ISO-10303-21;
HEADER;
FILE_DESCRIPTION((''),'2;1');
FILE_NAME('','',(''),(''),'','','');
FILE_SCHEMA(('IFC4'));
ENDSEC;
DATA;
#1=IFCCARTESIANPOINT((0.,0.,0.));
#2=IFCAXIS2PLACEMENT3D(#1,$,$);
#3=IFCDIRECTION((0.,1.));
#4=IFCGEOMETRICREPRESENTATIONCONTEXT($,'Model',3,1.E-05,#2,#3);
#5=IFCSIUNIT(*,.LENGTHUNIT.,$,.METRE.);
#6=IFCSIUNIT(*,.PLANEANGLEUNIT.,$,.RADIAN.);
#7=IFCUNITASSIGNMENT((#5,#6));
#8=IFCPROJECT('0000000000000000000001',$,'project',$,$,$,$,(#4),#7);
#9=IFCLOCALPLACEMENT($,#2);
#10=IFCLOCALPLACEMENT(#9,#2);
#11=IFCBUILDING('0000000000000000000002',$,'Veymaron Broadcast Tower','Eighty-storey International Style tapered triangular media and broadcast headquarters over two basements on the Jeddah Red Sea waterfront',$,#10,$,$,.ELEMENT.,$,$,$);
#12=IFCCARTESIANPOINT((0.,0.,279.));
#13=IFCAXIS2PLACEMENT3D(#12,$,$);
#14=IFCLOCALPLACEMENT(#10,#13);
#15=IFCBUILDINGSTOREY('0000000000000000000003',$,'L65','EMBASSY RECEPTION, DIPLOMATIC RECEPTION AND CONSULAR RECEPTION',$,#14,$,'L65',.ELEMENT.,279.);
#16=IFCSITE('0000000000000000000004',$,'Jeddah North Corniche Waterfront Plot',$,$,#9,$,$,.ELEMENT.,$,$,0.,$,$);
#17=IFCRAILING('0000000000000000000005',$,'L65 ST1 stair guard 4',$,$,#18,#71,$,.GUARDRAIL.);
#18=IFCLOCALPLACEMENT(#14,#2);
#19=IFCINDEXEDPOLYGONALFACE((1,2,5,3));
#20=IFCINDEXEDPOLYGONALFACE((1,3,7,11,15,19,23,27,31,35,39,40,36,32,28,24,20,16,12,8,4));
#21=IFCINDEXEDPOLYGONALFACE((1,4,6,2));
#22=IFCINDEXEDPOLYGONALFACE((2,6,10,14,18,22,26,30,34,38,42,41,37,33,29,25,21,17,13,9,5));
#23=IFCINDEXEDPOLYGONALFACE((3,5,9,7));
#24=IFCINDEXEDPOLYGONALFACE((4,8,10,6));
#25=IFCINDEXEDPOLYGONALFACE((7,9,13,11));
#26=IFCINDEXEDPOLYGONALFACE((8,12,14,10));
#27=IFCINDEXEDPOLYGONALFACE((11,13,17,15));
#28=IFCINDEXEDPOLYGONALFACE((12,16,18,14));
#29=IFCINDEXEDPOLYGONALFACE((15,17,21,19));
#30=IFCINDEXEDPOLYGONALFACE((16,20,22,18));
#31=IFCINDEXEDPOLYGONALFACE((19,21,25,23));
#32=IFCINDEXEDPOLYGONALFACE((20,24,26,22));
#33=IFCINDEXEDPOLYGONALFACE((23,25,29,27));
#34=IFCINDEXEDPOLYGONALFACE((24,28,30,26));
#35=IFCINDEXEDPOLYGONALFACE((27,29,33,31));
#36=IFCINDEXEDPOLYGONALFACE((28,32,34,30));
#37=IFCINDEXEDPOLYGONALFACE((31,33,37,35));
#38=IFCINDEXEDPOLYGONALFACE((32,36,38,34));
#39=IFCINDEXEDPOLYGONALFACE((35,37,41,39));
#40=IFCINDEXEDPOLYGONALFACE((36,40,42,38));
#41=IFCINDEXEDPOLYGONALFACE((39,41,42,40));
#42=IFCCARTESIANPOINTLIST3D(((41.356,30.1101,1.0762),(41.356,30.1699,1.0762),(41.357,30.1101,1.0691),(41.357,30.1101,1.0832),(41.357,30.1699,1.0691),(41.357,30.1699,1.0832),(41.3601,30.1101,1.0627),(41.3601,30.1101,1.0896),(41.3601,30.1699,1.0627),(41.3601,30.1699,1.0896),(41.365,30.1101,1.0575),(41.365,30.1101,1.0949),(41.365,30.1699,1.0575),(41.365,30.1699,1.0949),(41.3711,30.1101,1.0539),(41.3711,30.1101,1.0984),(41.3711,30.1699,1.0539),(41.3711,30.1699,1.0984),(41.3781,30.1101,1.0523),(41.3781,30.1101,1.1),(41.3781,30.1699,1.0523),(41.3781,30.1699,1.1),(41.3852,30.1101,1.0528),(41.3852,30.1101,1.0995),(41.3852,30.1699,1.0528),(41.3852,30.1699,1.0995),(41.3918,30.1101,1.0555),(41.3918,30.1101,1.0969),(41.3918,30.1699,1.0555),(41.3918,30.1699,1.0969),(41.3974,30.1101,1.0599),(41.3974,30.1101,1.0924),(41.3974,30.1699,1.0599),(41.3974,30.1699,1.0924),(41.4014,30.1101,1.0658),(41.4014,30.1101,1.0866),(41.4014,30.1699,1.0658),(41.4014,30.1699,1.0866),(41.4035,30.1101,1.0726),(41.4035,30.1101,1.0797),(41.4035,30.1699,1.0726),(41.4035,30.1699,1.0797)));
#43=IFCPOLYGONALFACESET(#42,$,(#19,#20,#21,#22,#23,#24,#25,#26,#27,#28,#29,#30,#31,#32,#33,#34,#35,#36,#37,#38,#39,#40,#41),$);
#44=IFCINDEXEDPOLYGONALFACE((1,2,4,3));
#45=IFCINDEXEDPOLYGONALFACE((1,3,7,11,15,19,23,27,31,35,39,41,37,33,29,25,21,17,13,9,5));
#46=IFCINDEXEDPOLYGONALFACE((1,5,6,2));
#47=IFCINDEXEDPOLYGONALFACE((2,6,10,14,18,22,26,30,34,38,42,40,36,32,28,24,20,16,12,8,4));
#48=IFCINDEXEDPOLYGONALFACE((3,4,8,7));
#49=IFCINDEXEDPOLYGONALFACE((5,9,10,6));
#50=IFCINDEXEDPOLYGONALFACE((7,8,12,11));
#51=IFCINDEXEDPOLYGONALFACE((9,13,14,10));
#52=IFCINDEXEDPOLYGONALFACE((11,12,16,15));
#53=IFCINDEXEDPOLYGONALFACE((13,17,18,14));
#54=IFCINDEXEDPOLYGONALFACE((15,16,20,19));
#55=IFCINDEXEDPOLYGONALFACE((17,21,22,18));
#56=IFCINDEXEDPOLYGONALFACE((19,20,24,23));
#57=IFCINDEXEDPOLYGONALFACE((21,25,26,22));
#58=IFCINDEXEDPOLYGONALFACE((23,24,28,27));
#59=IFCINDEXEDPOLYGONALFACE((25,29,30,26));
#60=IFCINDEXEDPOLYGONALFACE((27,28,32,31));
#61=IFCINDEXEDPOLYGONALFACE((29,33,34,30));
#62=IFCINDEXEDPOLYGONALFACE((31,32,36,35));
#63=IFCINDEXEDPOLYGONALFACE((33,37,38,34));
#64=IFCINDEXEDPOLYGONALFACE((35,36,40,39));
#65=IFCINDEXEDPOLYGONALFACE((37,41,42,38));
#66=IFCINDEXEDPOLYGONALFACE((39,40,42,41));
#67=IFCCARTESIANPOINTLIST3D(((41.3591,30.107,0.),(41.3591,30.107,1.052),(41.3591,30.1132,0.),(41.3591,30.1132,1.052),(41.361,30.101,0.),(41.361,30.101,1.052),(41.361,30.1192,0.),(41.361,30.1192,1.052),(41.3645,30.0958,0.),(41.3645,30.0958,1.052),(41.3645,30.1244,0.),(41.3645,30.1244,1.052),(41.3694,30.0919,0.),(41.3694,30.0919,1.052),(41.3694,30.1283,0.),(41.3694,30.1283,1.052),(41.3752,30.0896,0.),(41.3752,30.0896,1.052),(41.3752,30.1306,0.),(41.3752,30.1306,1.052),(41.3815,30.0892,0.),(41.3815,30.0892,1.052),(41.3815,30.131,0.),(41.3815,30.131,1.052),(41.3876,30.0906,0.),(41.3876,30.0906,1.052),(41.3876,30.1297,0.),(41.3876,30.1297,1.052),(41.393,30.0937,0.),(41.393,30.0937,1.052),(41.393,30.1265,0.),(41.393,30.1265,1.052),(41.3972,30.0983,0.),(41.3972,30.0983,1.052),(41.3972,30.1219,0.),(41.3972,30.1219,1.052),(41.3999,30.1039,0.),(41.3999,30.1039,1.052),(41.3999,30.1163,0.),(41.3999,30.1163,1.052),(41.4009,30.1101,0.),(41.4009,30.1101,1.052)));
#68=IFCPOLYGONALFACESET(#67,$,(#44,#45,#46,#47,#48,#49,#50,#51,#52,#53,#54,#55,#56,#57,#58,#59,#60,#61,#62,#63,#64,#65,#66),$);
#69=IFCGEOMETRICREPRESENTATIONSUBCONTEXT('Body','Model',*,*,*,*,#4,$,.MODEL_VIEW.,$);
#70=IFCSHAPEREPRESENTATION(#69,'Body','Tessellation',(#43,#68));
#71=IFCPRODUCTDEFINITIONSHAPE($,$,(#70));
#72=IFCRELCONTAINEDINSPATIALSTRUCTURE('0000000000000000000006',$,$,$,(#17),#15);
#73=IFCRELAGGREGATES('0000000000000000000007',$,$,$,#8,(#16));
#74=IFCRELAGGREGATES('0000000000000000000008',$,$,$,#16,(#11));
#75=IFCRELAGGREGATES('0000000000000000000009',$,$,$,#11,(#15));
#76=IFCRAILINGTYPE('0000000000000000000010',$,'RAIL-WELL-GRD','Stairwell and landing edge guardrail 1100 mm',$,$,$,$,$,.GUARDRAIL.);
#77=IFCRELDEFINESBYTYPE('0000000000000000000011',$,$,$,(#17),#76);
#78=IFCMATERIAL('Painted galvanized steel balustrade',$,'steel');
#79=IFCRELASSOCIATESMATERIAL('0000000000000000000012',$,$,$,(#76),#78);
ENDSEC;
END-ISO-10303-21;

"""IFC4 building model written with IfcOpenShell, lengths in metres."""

from ifc_helpers import new_model, si_unit, direction, frame, origin, origin_2d, place, context, subcontext, project, spatial, circle, extrude, material, type_object, element, save


model = new_model("IFC4")

# Units and contexts
model_context = context("Model", 3, precision=1e-05, world=origin(), true_north=direction((0.0, 1.0)))
body_context = subcontext(model_context, "Body", "Model", "MODEL_VIEW")
ifc_project = project(units=[si_unit("LENGTHUNIT", "METRE"), si_unit("PLANEANGLEUNIT", "RADIAN")], contexts=[model_context])

# Site, building, storey
site_placement = place(None, origin())
site = spatial("IfcSite", under=ifc_project, at=site_placement, Name="Jeddah North Corniche Waterfront Plot", CompositionType="ELEMENT", RefElevation=0.0)
building_placement = place(site_placement, origin())
building = spatial("IfcBuilding", under=site, at=building_placement, Name="Veymaron Broadcast Tower", Description="Eighty-storey International Style tapered triangular media and broadcast headquarters over two basements on the Jeddah Red Sea waterfront", CompositionType="ELEMENT")
storey_placement = place(building_placement, frame((0.0, 0.0, 279.0)))
storey = spatial("IfcBuildingStorey", under=building, at=storey_placement, Name="L65", Description="EMBASSY RECEPTION, DIPLOMATIC RECEPTION AND CONSULAR RECEPTION", LongName="L65", CompositionType="ELEMENT", Elevation=279.0)

# Railing
ifc_material_1 = material(Name="Painted galvanized steel balustrade", Category="steel")
railing_type_1 = type_object("IfcRailingType", Name="RAIL-WELL-GRD", Description="Stairwell and landing edge guardrail 1100 mm", PredefinedType="GUARDRAIL", material=ifc_material_1)
railing_1_placement = place(storey_placement, frame((41.3799, 30.1101, 0.0)))
element("IfcRailing", 1, at=railing_1_placement, inside=storey, type_object=railing_type_1, Name="L65 ST1 stair guard 4", PredefinedType="GUARDRAIL", context=body_context, shape_type="SweptSolid", body=[
    extrude(circle(Radius=0.0239, at=origin_2d()), frame((0.0, 0.0, 1.0762), z_axis=(0.0, 1.0, 0.0), x_axis=(-1.0, 0.0, 0.0)), (0.0, 0.0, 1.0), 0.0598),
    extrude(circle(Radius=0.021, at=origin_2d()), origin(), (0.0, 0.0, 1.0), 1.052),
])

save(model, "model.ifc")
